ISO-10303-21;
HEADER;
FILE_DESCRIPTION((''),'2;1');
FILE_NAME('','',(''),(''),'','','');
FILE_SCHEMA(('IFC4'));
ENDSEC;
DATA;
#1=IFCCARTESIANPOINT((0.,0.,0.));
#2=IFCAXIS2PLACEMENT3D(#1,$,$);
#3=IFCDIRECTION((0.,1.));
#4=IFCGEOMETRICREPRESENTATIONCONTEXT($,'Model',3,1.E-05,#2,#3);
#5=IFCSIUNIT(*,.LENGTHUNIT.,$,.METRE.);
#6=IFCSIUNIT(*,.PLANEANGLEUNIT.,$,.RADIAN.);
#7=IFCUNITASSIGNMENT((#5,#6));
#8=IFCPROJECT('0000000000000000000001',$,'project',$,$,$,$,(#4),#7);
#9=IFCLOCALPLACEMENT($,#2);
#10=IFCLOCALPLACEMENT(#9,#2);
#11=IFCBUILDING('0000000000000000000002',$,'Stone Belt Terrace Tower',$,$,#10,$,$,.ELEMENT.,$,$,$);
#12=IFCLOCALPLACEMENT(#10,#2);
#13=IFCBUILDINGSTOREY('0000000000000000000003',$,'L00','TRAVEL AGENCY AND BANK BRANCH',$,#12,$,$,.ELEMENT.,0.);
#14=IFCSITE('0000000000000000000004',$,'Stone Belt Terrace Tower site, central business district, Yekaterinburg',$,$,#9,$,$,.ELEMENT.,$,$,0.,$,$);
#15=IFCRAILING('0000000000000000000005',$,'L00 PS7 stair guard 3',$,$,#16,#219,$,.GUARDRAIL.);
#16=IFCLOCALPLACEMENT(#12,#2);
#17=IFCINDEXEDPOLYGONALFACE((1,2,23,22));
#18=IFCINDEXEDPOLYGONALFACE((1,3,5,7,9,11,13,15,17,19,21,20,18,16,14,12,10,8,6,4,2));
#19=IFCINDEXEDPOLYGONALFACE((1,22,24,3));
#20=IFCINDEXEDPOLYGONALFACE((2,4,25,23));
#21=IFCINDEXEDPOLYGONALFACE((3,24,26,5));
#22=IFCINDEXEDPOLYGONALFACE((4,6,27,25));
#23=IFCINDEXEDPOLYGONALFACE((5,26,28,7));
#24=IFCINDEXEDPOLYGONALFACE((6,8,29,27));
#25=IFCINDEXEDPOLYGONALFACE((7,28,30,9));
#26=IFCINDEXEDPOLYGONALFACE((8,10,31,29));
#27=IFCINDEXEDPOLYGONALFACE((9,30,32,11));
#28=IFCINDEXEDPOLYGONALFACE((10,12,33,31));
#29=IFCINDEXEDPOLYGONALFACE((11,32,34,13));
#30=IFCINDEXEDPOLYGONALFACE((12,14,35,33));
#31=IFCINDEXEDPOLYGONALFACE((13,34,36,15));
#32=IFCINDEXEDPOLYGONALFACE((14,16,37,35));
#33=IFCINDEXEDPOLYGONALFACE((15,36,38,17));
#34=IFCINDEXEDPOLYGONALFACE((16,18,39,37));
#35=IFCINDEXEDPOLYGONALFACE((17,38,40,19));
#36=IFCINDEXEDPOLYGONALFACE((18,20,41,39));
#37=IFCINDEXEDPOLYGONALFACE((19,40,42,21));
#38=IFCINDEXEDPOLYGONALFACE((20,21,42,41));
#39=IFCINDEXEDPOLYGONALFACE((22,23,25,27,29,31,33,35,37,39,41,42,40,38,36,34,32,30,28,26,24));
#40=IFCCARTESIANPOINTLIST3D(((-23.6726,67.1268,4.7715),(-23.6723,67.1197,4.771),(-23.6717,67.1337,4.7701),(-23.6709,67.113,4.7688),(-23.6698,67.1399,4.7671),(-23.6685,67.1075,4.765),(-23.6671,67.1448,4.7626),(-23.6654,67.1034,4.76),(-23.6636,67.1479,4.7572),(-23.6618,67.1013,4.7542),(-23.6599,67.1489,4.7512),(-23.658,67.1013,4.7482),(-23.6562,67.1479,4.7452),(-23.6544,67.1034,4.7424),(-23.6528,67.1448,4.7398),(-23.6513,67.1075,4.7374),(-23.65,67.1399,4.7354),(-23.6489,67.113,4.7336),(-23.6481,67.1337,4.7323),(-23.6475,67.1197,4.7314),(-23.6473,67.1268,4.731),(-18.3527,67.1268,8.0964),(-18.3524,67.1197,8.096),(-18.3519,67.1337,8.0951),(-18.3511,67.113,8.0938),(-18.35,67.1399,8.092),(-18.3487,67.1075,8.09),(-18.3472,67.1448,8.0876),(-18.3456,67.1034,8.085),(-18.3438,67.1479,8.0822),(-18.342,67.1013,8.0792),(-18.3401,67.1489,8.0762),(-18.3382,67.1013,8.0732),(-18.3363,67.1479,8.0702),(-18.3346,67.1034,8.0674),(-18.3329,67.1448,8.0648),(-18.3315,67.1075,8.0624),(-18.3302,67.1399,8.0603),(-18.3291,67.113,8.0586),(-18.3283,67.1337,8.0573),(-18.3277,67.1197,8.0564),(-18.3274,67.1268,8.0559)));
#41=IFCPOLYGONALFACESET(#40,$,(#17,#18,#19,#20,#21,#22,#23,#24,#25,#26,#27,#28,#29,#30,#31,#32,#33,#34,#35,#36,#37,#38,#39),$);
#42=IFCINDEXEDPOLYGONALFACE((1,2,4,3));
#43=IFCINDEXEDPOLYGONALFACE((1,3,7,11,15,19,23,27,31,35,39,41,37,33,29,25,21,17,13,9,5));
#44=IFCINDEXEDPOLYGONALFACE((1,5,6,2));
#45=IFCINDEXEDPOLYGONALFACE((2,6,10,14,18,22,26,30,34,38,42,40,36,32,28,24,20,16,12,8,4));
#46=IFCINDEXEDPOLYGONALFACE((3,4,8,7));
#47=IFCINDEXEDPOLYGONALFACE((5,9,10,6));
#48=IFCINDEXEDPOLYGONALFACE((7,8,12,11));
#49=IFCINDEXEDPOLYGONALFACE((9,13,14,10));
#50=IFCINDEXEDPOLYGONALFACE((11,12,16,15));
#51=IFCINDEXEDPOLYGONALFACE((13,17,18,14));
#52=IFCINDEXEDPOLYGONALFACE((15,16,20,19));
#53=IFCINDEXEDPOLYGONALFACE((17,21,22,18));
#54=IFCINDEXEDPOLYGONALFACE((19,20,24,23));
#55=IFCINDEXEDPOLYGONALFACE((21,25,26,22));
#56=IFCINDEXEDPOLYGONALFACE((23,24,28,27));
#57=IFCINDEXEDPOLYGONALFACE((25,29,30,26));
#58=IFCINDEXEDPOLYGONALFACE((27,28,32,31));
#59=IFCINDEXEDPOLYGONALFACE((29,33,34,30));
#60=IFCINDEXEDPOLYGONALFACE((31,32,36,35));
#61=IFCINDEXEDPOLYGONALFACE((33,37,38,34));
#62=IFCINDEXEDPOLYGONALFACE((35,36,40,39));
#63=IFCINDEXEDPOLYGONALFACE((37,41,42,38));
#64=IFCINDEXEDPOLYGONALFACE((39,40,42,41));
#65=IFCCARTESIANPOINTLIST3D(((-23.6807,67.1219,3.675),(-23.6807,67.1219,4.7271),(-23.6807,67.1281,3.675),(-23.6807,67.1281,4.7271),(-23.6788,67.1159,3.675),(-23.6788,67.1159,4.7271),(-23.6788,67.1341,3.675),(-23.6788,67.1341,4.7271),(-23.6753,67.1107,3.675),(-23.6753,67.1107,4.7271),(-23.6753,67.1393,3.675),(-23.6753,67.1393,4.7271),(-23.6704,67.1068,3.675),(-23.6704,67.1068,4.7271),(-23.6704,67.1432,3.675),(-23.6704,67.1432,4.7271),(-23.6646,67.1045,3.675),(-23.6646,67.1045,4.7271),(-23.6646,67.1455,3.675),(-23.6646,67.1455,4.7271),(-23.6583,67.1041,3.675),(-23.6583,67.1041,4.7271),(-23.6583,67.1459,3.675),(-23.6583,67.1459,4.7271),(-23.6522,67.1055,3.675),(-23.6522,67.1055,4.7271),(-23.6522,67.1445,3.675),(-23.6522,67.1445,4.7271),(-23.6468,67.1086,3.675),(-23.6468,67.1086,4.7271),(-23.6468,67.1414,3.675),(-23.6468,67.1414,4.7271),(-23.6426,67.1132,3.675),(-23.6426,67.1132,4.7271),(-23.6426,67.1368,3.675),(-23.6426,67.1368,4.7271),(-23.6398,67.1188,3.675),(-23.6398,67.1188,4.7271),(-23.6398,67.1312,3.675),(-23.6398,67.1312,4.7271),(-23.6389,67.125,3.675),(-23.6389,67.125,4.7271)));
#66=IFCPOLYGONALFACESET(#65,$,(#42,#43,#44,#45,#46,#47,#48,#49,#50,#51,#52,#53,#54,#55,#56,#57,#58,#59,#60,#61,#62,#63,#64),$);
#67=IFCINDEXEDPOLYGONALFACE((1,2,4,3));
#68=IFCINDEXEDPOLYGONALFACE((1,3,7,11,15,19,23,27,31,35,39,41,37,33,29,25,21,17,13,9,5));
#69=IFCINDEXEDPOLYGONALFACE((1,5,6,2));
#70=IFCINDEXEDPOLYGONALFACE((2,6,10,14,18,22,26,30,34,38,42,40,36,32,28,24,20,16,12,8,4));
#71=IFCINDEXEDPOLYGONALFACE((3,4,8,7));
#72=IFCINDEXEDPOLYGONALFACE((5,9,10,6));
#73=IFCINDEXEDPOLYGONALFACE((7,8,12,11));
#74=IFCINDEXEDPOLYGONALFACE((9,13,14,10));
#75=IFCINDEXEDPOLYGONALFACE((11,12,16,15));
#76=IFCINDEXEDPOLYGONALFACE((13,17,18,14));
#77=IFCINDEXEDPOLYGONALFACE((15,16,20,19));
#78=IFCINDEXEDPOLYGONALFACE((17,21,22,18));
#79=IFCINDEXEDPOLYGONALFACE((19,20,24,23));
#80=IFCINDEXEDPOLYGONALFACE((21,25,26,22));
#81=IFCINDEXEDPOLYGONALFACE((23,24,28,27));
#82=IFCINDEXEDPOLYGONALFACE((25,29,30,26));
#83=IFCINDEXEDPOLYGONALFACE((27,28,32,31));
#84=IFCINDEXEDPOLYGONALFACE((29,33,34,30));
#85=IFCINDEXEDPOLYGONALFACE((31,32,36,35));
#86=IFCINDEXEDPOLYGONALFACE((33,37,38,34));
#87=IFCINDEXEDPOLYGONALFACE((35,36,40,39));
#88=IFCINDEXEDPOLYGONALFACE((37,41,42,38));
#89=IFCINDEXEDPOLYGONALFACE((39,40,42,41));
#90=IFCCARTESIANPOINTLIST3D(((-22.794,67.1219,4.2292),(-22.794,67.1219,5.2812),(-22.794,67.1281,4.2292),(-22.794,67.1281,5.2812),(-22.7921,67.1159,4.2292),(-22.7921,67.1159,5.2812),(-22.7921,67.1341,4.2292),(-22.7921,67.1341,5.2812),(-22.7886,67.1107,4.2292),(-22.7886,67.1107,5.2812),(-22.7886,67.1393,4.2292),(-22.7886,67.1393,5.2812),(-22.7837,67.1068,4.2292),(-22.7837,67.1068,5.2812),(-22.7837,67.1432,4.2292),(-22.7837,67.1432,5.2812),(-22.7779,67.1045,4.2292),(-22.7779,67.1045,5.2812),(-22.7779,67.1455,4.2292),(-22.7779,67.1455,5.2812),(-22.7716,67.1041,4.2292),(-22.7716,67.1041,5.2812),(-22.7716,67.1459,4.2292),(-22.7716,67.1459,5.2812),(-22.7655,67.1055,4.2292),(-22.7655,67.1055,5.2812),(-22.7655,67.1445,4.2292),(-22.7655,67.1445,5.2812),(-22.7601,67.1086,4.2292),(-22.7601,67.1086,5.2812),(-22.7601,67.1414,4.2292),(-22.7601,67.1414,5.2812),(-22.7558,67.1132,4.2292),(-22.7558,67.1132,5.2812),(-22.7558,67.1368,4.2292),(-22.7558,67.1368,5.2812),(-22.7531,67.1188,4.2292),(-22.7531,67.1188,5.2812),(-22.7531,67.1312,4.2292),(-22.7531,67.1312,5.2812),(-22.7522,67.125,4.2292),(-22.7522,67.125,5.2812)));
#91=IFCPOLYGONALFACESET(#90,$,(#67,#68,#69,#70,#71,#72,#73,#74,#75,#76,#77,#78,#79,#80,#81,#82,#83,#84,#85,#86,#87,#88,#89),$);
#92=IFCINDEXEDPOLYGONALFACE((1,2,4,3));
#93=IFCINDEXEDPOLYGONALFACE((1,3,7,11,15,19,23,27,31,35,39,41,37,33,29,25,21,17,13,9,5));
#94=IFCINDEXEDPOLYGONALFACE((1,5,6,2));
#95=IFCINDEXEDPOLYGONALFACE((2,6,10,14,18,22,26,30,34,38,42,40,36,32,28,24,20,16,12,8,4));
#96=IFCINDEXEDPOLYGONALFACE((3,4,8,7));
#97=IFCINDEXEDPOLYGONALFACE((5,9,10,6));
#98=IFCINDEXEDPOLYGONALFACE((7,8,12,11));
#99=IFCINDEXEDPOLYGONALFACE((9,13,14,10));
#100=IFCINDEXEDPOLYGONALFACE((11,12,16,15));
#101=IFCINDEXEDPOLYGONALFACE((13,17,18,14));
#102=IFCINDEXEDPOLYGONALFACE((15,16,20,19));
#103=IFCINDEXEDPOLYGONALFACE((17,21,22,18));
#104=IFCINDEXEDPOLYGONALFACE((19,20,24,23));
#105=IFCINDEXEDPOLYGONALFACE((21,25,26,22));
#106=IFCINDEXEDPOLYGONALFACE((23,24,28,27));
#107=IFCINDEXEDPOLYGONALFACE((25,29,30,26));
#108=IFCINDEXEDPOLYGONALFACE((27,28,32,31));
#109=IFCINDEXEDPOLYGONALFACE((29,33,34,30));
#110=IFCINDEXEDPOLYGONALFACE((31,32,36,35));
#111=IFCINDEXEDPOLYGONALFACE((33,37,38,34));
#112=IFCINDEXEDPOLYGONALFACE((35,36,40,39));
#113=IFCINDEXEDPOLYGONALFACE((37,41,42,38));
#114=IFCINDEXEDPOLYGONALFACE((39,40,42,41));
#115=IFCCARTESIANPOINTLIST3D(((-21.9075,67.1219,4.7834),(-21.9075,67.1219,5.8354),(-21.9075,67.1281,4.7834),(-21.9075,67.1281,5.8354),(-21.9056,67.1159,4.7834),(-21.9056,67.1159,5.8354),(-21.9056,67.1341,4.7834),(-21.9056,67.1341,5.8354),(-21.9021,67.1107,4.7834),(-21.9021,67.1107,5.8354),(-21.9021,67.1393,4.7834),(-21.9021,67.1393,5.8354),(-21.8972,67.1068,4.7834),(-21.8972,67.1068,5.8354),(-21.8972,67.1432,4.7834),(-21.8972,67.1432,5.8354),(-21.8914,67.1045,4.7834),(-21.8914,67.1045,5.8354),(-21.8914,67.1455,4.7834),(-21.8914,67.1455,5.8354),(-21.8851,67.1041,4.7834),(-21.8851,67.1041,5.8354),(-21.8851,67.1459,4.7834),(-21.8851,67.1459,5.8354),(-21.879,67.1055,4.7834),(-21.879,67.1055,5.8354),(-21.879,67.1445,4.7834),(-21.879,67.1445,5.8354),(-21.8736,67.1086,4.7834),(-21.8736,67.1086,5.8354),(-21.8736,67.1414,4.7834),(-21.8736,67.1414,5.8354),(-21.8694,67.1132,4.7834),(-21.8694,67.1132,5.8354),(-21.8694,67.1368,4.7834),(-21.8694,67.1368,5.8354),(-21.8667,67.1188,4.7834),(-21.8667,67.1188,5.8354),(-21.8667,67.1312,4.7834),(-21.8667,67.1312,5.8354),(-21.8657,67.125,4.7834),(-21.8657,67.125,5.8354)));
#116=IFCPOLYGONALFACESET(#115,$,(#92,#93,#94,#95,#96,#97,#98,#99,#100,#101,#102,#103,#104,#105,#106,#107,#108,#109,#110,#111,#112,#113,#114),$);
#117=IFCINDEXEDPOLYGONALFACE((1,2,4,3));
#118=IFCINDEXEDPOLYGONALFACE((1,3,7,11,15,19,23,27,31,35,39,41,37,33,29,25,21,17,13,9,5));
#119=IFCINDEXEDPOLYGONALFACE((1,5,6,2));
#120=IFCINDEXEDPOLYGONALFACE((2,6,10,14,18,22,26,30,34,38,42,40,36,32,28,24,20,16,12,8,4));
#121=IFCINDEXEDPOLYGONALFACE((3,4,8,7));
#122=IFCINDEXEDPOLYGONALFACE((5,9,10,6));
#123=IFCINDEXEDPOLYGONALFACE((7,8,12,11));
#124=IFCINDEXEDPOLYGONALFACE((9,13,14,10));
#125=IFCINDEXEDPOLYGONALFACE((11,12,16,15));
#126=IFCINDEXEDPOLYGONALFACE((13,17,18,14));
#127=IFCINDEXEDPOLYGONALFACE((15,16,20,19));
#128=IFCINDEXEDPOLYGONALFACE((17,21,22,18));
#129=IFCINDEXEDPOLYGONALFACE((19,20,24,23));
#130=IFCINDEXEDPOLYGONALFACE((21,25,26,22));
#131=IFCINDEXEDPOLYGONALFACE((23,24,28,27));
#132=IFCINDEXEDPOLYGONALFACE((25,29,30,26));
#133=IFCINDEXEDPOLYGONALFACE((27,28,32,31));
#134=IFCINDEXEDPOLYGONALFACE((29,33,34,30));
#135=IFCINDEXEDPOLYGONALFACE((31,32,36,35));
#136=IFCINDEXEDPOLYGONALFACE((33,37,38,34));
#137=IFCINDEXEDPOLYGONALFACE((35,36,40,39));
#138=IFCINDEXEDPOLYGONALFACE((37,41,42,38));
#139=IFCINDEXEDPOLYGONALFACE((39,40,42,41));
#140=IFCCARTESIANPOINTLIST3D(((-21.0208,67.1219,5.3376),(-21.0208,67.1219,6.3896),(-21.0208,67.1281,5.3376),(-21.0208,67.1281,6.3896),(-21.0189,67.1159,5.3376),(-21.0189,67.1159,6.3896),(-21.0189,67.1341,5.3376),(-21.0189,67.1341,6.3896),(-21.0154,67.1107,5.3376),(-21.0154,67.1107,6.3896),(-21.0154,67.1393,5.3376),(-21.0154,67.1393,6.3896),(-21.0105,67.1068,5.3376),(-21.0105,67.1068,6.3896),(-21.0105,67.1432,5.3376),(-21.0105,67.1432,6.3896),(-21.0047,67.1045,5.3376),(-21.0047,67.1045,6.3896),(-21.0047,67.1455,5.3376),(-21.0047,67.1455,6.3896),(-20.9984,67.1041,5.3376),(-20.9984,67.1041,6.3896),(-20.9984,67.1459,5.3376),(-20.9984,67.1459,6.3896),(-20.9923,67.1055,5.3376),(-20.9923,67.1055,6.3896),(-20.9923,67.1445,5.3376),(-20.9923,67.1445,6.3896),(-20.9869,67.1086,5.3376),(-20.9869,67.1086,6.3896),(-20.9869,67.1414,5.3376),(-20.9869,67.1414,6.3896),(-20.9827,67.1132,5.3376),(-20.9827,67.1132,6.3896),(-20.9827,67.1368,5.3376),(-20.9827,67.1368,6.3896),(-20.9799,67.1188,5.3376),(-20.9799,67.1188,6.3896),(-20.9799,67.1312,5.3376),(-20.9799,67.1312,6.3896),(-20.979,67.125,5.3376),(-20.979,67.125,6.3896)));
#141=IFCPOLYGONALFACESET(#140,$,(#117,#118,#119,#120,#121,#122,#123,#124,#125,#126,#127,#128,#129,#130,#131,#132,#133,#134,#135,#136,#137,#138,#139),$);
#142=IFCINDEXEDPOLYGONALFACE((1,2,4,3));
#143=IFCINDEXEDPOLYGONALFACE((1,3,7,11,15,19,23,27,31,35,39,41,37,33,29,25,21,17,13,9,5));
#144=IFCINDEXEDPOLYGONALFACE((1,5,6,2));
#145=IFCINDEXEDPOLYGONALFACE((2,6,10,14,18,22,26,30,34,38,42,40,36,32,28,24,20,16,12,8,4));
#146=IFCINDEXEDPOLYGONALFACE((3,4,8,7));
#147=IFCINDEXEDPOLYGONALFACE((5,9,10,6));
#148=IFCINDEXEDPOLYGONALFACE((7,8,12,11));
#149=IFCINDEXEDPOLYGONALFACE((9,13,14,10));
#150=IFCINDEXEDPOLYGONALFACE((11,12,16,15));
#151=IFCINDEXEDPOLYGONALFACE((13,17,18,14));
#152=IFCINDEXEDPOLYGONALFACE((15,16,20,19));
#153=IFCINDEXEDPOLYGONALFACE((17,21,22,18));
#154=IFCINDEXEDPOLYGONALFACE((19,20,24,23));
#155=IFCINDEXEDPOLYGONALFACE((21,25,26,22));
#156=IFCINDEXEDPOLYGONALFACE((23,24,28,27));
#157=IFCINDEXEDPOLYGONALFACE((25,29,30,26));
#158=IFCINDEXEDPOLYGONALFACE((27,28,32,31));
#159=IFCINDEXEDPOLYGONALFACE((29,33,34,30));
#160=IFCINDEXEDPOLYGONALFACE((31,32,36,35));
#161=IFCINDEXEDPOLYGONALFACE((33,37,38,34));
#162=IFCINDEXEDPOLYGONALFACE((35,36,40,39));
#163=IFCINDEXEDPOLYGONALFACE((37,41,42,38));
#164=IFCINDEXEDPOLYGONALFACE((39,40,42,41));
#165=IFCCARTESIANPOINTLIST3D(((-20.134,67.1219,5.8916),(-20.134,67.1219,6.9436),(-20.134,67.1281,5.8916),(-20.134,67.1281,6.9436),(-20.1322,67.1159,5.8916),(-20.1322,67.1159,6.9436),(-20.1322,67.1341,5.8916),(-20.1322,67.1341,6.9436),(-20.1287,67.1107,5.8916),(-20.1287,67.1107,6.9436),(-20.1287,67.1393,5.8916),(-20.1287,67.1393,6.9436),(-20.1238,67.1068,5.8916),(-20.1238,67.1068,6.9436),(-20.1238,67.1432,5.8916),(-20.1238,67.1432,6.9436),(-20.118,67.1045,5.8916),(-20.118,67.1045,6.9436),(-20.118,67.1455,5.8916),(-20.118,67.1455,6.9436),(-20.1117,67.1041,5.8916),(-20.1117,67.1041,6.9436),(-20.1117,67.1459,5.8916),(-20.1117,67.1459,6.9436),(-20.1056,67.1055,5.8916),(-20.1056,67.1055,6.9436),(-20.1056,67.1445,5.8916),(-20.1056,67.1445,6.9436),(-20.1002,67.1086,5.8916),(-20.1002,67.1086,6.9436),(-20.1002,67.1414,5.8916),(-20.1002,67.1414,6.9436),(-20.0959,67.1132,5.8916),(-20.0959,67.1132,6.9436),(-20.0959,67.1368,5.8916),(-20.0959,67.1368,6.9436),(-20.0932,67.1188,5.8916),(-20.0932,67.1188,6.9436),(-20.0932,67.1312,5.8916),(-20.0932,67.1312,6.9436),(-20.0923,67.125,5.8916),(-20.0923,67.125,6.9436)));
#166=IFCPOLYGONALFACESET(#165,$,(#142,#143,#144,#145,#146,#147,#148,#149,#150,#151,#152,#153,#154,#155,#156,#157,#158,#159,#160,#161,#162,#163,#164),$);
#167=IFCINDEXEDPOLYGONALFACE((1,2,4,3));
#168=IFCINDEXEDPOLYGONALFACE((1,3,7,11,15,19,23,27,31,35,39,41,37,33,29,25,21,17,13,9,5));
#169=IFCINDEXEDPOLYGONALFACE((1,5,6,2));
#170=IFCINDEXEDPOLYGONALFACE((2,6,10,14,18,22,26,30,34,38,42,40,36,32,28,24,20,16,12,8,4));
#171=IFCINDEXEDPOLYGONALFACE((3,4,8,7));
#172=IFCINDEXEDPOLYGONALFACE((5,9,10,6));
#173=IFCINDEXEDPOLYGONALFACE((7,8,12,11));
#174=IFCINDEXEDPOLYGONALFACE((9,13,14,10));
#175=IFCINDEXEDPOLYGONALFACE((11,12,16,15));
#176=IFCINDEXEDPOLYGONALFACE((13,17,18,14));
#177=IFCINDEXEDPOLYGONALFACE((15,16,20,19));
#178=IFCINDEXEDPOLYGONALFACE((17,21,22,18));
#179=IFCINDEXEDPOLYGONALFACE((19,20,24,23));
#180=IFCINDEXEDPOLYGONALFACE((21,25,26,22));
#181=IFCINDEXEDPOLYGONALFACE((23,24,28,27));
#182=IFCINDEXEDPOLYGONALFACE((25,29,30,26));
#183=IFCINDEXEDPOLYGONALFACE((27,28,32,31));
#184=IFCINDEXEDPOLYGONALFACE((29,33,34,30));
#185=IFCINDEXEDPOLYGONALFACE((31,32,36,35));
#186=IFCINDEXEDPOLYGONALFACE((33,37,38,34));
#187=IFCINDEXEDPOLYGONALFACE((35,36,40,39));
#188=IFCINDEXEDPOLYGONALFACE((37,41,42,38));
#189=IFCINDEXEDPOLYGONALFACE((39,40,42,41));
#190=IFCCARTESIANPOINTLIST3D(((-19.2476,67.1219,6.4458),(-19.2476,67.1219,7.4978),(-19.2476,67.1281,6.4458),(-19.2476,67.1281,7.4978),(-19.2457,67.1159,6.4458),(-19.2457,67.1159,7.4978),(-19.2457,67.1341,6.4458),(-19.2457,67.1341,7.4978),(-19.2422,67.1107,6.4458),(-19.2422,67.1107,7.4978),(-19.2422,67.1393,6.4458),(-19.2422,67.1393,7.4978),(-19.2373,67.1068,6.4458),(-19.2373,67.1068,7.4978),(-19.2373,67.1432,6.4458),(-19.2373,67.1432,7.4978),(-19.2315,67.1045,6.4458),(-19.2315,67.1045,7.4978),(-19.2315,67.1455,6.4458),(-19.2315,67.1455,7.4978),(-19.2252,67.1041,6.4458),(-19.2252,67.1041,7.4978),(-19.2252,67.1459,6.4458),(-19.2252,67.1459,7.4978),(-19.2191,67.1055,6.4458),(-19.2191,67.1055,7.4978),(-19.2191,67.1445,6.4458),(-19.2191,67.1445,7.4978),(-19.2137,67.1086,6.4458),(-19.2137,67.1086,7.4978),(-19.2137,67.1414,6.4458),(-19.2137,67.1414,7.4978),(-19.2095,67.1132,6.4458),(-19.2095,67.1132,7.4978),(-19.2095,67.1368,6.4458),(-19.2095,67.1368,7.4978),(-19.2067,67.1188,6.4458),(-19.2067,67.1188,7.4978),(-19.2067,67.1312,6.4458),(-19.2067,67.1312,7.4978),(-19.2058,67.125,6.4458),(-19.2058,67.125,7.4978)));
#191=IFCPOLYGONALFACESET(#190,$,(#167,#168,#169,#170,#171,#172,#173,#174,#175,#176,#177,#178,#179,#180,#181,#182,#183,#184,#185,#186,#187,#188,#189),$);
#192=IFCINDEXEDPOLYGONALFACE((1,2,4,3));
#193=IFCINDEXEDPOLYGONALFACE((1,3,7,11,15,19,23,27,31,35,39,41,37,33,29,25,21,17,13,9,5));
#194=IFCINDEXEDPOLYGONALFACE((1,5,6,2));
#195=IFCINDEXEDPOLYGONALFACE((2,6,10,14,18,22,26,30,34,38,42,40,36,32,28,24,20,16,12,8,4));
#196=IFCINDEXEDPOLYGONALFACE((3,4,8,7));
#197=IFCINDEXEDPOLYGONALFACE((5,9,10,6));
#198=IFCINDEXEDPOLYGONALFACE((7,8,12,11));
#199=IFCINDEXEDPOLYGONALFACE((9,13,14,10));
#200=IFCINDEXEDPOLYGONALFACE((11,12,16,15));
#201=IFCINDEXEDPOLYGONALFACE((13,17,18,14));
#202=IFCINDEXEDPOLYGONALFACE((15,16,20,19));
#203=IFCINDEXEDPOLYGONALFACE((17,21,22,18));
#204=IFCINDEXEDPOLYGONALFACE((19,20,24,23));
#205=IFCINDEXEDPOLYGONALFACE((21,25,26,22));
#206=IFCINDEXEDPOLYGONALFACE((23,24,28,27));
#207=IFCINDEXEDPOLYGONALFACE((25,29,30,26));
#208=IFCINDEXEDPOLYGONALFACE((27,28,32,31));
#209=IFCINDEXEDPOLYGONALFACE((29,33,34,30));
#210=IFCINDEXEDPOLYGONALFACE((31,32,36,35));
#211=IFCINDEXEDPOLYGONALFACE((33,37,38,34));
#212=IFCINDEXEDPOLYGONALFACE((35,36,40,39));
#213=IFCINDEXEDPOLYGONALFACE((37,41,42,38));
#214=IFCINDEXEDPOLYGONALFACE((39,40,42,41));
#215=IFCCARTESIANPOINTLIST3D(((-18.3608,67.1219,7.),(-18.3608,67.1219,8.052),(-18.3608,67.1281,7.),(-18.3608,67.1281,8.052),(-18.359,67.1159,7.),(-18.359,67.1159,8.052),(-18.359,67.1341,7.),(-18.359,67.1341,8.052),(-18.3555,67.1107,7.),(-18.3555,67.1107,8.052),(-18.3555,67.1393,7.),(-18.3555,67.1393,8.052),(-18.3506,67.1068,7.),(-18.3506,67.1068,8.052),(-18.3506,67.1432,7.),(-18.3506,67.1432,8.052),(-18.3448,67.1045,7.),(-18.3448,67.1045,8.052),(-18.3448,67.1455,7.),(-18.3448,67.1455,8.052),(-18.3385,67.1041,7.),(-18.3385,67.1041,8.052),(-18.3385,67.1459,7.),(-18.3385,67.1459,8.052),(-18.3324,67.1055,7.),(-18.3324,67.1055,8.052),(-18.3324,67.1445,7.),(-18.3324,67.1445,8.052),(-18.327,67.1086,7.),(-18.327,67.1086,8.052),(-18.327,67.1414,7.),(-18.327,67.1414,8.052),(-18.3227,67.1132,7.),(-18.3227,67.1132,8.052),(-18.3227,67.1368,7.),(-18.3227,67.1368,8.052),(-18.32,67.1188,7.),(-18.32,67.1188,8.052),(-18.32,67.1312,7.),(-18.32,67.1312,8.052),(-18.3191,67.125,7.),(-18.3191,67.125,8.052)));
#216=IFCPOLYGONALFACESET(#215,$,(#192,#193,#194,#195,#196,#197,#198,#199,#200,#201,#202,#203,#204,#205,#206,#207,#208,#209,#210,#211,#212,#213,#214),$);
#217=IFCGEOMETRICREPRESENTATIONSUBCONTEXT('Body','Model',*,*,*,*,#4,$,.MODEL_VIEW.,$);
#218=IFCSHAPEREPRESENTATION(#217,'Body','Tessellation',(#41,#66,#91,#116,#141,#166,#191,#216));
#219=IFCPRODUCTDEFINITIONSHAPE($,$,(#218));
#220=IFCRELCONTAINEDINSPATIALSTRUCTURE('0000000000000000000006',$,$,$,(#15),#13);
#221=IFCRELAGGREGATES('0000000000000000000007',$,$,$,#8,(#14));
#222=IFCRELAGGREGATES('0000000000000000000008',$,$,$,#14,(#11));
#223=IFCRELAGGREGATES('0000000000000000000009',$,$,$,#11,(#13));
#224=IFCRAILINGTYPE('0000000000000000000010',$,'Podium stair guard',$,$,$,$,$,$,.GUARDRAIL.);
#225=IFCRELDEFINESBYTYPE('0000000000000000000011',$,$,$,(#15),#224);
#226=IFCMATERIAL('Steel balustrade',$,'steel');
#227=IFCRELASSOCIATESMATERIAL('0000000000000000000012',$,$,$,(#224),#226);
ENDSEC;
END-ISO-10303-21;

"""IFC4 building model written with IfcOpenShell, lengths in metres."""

from ifc_helpers import new_model, si_unit, direction, frame, origin, origin_2d, place, context, subcontext, project, spatial, circle, extrude, material, type_object, element, save


model = new_model("IFC4")

# Units and contexts
model_context = context("Model", 3, precision=1e-05, world=origin(), true_north=direction((0.0, 1.0)))
body_context = subcontext(model_context, "Body", "Model", "MODEL_VIEW")
ifc_project = project(units=[si_unit("LENGTHUNIT", "METRE"), si_unit("PLANEANGLEUNIT", "RADIAN")], contexts=[model_context])

# Site, building, storey
site_placement = place(None, origin())
site = spatial("IfcSite", under=ifc_project, at=site_placement, Name="Stone Belt Terrace Tower site, central business district, Yekaterinburg", CompositionType="ELEMENT", RefElevation=0.0)
building_placement = place(site_placement, origin())
building = spatial("IfcBuilding", under=site, at=building_placement, Name="Stone Belt Terrace Tower", CompositionType="ELEMENT")
storey_placement = place(building_placement, origin())
storey = spatial("IfcBuildingStorey", under=building, at=storey_placement, Name="L00", Description="TRAVEL AGENCY AND BANK BRANCH", CompositionType="ELEMENT", Elevation=0.0)

# Railing
ifc_material_1 = material(Name="Steel balustrade", Category="steel")
railing_type_1 = type_object("IfcRailingType", Name="Podium stair guard", PredefinedType="GUARDRAIL", material=ifc_material_1)
railing_1_placement = place(storey_placement, frame((-23.6599, 67.125, 3.675)))
element("IfcRailing", 1, at=railing_1_placement, inside=storey, type_object=railing_type_1, Name="L00 PS7 stair guard 3", PredefinedType="GUARDRAIL", context=body_context, shape_type="SweptSolid", body=[
    extrude(circle(Radius=0.0239, at=origin_2d()), frame((0.0, 0.0, 1.0762), z_axis=(0.847994, 0.0, 0.530006), x_axis=(0.0, 1.0, 0.0)), (0.0, 0.0, 1.0), 6.2734),
    extrude(circle(Radius=0.021, at=origin_2d()), origin(), (0.0, 0.0, 1.0), 1.052),
    extrude(circle(Radius=0.021, at=origin_2d()), frame((0.8867, 0.0, 0.5542)), (0.0, 0.0, 1.0), 1.052),
    extrude(circle(Radius=0.021, at=origin_2d()), frame((1.7732, 0.0, 1.1084)), (0.0, 0.0, 1.0), 1.052),
    extrude(circle(Radius=0.021, at=origin_2d()), frame((2.6599, 0.0, 1.6626)), (0.0, 0.0, 1.0), 1.052),
    extrude(circle(Radius=0.021, at=origin_2d()), frame((3.5466, 0.0, 2.2166)), (0.0, 0.0, 1.0), 1.052),
    extrude(circle(Radius=0.021, at=origin_2d()), frame((4.4331, 0.0, 2.7708)), (0.0, 0.0, 1.0), 1.052),
    extrude(circle(Radius=0.021, at=origin_2d()), frame((5.3198, 0.0, 3.325)), (0.0, 0.0, 1.0), 1.052),
])

save(model, "model.ifc")
